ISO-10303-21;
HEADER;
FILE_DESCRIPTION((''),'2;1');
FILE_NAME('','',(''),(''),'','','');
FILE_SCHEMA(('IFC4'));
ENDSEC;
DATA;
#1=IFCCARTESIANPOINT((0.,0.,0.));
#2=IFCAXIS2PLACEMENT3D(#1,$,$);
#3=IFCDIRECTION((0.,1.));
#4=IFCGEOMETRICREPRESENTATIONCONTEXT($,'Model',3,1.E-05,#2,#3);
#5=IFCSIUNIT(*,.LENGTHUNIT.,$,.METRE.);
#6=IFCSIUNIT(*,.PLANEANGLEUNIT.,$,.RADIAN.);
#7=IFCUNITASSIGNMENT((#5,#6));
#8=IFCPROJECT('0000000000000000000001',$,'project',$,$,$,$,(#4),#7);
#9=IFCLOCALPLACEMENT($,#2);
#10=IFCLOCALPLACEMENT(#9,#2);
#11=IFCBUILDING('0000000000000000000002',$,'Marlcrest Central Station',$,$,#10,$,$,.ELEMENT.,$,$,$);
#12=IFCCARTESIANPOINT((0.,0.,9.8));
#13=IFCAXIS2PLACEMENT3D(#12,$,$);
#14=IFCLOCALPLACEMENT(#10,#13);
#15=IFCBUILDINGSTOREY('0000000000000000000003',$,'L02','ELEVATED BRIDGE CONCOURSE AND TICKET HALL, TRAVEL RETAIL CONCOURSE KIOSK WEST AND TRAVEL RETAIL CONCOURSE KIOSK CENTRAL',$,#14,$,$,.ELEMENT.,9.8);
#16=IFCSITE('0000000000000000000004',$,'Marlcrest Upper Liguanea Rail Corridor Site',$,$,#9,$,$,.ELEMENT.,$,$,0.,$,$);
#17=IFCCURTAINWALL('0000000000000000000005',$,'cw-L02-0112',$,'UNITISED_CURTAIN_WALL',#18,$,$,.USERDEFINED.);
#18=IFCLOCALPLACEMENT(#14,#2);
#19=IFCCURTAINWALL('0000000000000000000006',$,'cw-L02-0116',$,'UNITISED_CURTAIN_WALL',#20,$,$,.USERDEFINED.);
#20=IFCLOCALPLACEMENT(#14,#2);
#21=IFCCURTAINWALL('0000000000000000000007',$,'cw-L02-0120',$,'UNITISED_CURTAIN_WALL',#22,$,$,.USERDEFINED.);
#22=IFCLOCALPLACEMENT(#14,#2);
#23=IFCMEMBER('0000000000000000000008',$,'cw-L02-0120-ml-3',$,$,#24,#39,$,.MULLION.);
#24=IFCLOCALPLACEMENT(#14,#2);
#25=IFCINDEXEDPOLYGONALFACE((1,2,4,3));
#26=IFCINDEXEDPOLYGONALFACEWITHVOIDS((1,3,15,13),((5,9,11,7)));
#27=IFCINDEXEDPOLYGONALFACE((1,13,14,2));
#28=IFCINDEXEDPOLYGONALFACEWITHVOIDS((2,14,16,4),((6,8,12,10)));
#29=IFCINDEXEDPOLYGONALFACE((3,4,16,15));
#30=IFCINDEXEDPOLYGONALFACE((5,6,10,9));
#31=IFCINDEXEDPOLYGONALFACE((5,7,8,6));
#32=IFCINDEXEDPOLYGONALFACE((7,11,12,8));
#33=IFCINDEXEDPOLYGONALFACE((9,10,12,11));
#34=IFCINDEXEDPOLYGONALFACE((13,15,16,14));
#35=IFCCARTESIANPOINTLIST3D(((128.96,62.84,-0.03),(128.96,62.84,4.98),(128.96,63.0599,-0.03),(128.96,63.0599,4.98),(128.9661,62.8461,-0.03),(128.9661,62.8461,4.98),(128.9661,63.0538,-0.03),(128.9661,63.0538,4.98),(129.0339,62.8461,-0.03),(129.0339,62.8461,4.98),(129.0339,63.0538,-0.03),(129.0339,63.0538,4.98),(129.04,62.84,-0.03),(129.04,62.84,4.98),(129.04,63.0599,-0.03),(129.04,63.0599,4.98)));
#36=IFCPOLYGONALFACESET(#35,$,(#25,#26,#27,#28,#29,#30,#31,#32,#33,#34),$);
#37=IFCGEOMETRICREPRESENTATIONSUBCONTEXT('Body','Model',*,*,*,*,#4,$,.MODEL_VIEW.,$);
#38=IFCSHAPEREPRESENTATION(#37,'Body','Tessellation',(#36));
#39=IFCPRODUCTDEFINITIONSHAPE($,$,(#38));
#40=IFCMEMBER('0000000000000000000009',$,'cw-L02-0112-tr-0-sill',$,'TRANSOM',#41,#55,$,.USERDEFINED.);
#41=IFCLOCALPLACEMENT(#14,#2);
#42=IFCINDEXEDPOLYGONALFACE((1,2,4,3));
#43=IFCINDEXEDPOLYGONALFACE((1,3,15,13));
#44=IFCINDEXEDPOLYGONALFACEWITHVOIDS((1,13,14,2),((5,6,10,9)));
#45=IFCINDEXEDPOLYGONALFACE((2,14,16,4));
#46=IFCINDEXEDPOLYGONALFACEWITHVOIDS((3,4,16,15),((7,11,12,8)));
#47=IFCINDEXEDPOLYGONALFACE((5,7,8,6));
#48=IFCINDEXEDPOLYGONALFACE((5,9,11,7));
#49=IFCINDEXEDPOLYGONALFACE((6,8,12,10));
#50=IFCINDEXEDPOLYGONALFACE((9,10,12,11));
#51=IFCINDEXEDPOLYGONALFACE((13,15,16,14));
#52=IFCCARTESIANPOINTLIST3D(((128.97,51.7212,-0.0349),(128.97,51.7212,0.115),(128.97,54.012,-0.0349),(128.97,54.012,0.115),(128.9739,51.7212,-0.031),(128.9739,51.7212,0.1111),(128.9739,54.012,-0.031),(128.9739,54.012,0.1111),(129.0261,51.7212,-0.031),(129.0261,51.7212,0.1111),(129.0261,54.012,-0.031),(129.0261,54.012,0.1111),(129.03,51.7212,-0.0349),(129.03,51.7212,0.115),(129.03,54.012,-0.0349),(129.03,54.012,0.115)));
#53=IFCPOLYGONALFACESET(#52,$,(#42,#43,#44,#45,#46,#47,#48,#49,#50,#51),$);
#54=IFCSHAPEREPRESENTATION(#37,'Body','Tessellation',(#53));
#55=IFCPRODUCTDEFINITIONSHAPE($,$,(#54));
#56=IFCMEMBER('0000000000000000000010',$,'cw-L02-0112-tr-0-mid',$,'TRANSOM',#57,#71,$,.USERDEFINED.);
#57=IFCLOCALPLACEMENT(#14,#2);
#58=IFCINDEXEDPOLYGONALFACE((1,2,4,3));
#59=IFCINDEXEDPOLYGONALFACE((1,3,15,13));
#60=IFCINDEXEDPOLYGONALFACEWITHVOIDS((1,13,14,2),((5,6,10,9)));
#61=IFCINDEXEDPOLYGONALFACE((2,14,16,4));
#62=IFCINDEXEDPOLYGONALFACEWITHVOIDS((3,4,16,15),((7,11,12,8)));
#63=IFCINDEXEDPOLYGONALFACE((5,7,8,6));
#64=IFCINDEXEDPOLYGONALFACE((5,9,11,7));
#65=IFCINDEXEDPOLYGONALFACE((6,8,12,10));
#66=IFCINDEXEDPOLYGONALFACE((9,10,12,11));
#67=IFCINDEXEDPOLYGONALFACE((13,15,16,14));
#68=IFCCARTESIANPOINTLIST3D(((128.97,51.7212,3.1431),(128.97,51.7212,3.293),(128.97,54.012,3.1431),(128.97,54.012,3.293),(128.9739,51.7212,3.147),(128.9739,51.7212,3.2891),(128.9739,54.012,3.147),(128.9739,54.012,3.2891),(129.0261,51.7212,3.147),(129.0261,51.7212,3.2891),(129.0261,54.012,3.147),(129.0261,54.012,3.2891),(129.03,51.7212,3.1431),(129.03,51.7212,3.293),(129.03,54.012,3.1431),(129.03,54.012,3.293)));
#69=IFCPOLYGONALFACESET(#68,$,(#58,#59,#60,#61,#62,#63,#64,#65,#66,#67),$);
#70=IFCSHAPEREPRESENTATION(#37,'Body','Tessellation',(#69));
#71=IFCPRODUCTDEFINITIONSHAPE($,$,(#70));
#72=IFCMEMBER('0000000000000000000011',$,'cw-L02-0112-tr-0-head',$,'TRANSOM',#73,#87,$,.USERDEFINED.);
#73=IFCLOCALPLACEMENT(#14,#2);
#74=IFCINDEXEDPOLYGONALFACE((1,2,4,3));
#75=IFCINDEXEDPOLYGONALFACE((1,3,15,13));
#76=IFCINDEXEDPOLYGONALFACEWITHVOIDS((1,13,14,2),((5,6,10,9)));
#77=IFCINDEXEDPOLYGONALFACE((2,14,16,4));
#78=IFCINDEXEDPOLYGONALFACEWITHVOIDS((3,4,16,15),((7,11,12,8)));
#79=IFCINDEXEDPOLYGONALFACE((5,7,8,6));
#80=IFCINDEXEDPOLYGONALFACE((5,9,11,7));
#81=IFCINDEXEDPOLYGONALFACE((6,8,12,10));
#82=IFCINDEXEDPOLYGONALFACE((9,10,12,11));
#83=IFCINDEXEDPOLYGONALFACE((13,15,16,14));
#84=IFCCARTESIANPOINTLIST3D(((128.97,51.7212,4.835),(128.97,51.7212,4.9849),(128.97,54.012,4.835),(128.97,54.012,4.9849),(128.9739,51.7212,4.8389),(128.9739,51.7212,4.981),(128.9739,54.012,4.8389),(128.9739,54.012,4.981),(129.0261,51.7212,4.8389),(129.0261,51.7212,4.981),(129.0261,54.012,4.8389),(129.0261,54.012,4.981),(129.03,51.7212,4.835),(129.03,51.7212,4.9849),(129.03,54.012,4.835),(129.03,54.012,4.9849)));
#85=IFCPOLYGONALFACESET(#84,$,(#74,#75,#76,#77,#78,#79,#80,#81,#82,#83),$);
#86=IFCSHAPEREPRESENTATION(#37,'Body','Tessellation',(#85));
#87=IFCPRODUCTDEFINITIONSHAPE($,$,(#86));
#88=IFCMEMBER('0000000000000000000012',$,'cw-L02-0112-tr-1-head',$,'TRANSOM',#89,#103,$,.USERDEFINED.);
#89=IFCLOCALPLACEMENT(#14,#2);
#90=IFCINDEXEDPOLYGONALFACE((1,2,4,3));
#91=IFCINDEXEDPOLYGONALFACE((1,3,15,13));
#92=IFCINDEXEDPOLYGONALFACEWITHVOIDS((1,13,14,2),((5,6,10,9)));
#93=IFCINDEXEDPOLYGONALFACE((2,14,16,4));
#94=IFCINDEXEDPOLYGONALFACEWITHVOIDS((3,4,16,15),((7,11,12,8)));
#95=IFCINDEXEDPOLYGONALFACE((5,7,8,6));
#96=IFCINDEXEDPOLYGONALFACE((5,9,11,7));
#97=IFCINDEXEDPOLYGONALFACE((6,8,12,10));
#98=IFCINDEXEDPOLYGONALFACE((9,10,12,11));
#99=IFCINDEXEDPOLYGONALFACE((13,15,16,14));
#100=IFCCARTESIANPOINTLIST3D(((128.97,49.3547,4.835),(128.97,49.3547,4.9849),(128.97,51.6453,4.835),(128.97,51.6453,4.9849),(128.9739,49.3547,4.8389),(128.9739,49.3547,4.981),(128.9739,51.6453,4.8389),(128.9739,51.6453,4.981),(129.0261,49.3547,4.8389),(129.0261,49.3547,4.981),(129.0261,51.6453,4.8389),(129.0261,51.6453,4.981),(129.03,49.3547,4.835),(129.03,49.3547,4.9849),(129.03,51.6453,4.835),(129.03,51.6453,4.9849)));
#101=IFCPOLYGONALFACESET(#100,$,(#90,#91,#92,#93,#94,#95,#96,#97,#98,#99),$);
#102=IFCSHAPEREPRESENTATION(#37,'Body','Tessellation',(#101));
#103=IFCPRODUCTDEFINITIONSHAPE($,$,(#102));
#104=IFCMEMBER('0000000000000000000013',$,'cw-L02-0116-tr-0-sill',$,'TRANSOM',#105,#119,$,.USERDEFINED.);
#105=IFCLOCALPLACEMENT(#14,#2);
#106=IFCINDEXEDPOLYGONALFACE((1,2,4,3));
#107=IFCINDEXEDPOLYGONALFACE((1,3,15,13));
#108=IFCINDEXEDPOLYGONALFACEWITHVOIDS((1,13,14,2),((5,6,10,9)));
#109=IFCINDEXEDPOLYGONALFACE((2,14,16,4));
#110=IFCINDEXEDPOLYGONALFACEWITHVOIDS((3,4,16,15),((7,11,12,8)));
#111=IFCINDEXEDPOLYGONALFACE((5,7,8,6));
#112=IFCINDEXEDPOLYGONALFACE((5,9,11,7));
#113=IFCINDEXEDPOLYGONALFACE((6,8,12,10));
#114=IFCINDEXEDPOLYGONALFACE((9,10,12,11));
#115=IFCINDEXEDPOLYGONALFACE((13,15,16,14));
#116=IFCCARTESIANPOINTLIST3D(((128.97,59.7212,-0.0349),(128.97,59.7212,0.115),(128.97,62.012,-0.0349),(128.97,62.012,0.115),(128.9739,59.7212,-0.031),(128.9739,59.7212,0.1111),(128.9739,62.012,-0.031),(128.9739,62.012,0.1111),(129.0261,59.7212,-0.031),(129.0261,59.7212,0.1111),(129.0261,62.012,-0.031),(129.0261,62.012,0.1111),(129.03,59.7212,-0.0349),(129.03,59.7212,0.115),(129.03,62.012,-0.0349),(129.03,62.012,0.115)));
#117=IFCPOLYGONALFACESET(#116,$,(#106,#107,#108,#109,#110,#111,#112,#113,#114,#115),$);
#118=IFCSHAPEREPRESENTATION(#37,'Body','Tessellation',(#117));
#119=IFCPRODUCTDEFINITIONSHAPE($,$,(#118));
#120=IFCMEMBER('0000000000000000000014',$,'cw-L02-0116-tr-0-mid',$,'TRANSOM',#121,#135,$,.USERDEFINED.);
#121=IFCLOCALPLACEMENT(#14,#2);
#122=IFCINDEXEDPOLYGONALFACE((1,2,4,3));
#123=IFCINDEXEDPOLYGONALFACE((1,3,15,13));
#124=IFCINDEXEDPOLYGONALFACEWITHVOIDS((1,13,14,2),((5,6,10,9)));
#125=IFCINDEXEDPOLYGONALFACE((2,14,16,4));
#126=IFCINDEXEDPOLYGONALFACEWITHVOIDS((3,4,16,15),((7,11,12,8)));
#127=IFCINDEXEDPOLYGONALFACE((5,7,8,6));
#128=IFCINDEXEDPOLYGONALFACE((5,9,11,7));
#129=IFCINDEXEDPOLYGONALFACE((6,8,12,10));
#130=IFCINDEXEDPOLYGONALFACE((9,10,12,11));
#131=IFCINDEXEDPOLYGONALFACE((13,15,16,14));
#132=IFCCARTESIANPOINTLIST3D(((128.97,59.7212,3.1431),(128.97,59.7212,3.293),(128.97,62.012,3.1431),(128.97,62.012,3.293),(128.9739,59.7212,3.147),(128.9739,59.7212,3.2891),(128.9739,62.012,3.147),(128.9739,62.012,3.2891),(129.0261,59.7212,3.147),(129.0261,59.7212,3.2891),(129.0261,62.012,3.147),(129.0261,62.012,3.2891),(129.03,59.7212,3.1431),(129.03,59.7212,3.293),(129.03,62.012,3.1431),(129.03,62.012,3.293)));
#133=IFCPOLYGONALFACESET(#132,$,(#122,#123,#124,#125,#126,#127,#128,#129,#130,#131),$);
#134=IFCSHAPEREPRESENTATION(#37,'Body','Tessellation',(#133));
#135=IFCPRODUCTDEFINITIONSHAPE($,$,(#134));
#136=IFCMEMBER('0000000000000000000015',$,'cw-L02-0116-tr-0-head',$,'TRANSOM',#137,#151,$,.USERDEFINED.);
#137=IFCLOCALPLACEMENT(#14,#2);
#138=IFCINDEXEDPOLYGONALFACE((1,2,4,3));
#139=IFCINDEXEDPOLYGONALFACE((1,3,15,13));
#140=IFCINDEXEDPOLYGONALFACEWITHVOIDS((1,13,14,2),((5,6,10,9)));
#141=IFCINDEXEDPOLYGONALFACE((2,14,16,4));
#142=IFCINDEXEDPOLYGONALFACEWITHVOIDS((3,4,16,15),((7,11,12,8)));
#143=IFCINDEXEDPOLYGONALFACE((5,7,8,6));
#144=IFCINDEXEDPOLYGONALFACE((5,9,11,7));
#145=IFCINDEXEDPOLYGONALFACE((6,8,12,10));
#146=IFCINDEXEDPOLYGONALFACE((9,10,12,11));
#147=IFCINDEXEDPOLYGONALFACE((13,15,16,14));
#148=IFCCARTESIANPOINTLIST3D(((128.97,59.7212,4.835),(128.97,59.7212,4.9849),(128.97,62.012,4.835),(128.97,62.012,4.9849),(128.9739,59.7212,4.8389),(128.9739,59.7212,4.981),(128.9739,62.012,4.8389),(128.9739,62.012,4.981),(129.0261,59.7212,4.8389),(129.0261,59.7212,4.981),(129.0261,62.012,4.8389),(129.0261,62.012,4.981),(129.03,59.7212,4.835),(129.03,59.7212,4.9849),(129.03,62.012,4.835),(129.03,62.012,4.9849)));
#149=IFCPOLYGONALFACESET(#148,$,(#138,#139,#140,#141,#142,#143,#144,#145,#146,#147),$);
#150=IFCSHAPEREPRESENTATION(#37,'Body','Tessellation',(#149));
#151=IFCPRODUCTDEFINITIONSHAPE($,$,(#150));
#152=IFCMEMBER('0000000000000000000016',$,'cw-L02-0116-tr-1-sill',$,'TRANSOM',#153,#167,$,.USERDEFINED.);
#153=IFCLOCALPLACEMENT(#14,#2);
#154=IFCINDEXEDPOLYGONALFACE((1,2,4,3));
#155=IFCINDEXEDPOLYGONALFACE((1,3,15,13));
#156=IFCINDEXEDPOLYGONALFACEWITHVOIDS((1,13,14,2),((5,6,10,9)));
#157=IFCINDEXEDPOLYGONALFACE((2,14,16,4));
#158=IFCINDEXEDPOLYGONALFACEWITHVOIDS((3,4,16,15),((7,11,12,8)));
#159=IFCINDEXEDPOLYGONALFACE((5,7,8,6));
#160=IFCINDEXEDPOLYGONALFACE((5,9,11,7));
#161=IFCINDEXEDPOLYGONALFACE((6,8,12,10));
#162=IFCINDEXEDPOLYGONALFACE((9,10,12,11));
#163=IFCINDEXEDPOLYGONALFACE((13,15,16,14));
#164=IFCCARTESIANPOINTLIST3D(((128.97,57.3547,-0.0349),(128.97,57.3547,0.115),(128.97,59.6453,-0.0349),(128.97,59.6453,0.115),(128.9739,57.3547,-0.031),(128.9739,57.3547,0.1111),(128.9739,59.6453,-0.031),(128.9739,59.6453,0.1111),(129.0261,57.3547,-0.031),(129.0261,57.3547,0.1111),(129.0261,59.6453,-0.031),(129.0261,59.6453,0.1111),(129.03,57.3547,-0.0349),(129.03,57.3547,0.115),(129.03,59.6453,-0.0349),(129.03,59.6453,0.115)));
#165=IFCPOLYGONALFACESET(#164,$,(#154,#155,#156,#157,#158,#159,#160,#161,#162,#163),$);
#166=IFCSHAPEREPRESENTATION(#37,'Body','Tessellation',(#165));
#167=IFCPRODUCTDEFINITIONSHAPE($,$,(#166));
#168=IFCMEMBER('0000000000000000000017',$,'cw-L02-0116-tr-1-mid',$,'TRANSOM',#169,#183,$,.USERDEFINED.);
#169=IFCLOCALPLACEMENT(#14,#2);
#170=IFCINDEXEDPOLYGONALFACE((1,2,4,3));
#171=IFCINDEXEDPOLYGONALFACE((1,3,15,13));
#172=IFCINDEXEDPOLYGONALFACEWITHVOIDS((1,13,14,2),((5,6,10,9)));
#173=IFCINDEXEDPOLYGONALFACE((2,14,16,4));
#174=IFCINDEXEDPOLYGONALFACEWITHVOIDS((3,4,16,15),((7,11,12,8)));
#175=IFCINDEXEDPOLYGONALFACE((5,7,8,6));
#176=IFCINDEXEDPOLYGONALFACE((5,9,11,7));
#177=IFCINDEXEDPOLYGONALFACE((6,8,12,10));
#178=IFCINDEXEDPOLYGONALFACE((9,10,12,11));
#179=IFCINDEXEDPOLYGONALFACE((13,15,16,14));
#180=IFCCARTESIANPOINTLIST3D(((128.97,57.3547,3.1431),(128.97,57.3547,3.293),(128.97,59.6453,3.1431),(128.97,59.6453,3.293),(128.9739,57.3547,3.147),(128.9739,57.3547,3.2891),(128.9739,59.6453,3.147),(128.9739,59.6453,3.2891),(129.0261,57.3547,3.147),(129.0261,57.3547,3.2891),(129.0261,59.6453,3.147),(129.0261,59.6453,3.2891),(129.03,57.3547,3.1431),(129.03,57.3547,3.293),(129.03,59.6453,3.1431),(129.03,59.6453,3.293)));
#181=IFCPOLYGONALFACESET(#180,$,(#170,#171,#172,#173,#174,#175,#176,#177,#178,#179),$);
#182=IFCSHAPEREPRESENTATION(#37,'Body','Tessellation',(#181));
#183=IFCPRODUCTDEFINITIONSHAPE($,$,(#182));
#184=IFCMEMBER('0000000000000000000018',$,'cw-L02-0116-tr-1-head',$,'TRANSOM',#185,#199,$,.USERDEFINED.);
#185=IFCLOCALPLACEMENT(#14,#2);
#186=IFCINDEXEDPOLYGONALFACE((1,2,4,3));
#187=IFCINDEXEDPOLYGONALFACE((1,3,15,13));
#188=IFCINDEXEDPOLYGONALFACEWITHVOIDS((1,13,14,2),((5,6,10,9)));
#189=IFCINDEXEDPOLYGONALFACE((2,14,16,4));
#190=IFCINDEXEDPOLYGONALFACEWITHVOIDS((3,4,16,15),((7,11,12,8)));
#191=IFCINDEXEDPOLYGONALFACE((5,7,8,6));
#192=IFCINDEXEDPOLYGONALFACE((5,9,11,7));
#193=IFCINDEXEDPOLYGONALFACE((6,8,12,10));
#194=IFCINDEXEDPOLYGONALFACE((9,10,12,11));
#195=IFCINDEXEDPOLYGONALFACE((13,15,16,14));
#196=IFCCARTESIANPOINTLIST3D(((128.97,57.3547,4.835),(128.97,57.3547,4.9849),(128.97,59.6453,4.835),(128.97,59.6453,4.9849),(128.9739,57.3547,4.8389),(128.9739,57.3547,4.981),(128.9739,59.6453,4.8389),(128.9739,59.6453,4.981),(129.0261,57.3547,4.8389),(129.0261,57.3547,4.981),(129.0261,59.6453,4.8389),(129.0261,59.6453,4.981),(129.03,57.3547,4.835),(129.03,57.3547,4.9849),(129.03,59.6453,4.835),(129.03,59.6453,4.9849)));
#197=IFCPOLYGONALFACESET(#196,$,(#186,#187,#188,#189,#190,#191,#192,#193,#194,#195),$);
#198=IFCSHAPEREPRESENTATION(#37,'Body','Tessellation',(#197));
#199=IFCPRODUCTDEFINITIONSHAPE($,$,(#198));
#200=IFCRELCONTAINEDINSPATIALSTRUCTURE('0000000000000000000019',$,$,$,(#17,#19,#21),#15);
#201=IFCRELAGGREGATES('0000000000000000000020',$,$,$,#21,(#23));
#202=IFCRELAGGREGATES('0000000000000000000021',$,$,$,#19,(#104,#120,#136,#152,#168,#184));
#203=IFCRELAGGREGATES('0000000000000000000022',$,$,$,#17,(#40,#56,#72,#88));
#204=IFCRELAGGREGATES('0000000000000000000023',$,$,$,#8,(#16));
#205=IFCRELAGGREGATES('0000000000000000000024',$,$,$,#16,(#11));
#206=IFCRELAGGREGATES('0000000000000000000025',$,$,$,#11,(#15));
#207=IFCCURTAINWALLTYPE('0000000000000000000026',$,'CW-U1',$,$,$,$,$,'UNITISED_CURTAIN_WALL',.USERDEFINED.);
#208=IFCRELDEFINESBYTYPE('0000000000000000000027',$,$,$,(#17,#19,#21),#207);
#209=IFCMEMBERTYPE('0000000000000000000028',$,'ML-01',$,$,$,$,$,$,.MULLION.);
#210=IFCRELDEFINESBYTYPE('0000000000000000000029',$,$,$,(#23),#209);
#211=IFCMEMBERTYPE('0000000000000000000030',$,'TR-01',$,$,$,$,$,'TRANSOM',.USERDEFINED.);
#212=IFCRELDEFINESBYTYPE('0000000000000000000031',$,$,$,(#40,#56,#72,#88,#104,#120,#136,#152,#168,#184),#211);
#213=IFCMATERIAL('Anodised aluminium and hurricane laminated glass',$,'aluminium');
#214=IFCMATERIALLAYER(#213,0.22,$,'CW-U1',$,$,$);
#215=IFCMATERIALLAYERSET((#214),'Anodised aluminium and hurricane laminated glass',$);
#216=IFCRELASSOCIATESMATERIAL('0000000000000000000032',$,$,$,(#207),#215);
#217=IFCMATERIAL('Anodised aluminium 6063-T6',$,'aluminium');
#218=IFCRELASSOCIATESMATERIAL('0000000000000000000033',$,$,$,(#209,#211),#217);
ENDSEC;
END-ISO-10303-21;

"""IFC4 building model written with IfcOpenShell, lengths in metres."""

from ifc_helpers import new_model, si_unit, direction, frame, origin, origin_2d, place, context, subcontext, project, spatial, hollow_rectangle, extrude, material, layer, layer_set, material_profile, profile_set, type_object, element, aggregate, save


model = new_model("IFC4")

# Units and contexts
model_context = context("Model", 3, precision=1e-05, world=origin(), true_north=direction((0.0, 1.0)))
body_context = subcontext(model_context, "Body", "Model", "MODEL_VIEW")
ifc_project = project(units=[si_unit("LENGTHUNIT", "METRE"), si_unit("PLANEANGLEUNIT", "RADIAN")], contexts=[model_context])

# Site, building, storey
site_placement = place(None, origin())
site = spatial("IfcSite", under=ifc_project, at=site_placement, Name="Marlcrest Upper Liguanea Rail Corridor Site", CompositionType="ELEMENT", RefElevation=0.0)
building_placement = place(site_placement, origin())
building = spatial("IfcBuilding", under=site, at=building_placement, Name="Marlcrest Central Station", CompositionType="ELEMENT")
storey_placement = place(building_placement, frame((0.0, 0.0, 9.8)))
storey = spatial("IfcBuildingStorey", under=building, at=storey_placement, Name="L02", Description="ELEVATED BRIDGE CONCOURSE AND TICKET HALL, TRAVEL RETAIL CONCOURSE KIOSK WEST AND TRAVEL RETAIL CONCOURSE KIOSK CENTRAL", CompositionType="ELEMENT", Elevation=9.8)

# Curtain walls
ifc_material_1 = material(Name="Anodised aluminium and hurricane laminated glass", Category="aluminium")
ifc_layer_1 = layer(ifc_material_1, 0.22, Name="CW-U1")
ifc_layer_set_1 = layer_set([ifc_layer_1], Name="Anodised aluminium and hurricane laminated glass")
curtain_wall_type = type_object("IfcCurtainWallType", Name="CW-U1", ElementType="UNITISED_CURTAIN_WALL", PredefinedType="USERDEFINED", material=ifc_layer_set_1)
curtain_wall_1_placement = place(storey_placement, origin())
curtain_wall_1 = element("IfcCurtainWall", 1, at=curtain_wall_1_placement, inside=storey, type_object=curtain_wall_type, Name="cw-L02-0112", ObjectType="UNITISED_CURTAIN_WALL", PredefinedType="USERDEFINED")
ifc_material_2 = material(Name="Anodised aluminium 6063-T6", Category="aluminium")
ifc_material_profile_1 = material_profile(ifc_material_2, hollow_rectangle(XDim=0.0801, YDim=0.22, WallThickness=0.0061, at=origin_2d()), Name="AA-RHS 220x80x6")
ifc_profile_set_1 = profile_set([ifc_material_profile_1], Name="Anodised aluminium 6063-T6")
member_type_1 = type_object("IfcMemberType", Name="ML-01", PredefinedType="MULLION", material=ifc_profile_set_1)
curtain_wall_2_placement = place(storey_placement, origin())
curtain_wall_2 = element("IfcCurtainWall", 2, at=curtain_wall_2_placement, inside=storey, type_object=curtain_wall_type, Name="cw-L02-0116", ObjectType="UNITISED_CURTAIN_WALL", PredefinedType="USERDEFINED")

# Curtain wall, member
curtain_wall_3_placement = place(storey_placement, origin())
curtain_wall_3 = element("IfcCurtainWall", 3, at=curtain_wall_3_placement, inside=storey, type_object=curtain_wall_type, Name="cw-L02-0120", ObjectType="UNITISED_CURTAIN_WALL", PredefinedType="USERDEFINED")
member_1_placement = place(storey_placement, frame((129.0, 62.95, -0.03), z_axis=(0.0, 0.0, 1.0), x_axis=(1.0, 0.0, 0.0)))
member_1 = element("IfcMember", 4, at=member_1_placement, type_object=member_type_1, Name="cw-L02-0120-ml-3", PredefinedType="MULLION", context=body_context, shape_type="SweptSolid", body=[
    extrude(hollow_rectangle(XDim=0.0801, YDim=0.22, WallThickness=0.0061, at=origin_2d()), origin(), (0.0, 0.0, 1.0), 5.01),
])
aggregate(curtain_wall_3, [member_1])

# Members
ifc_material_profile_2 = material_profile(ifc_material_2, hollow_rectangle(XDim=0.0601, YDim=0.1499, WallThickness=0.0039, at=origin_2d()), Name="AA-RHS 150x60x4")
ifc_profile_set_2 = profile_set([ifc_material_profile_2], Name="Anodised aluminium 6063-T6")
member_type_2 = type_object("IfcMemberType", Name="TR-01", ElementType="TRANSOM", PredefinedType="USERDEFINED", material=ifc_profile_set_2)
member_2_placement = place(storey_placement, frame((129.0, 54.012, 0.04), z_axis=(0.0, -1.0, 0.0), x_axis=(1.0, 0.0, 0.0)))
member_2 = element("IfcMember", 5, at=member_2_placement, type_object=member_type_2, Name="cw-L02-0112-tr-0-sill", ObjectType="TRANSOM", PredefinedType="USERDEFINED", context=body_context, shape_type="SweptSolid", body=[
    extrude(hollow_rectangle(XDim=0.0601, YDim=0.1499, WallThickness=0.0039, at=origin_2d()), origin(), (0.0, 0.0, 1.0), 2.2908),
])
member_3_placement = place(storey_placement, frame((129.0, 54.012, 3.218), z_axis=(0.0, -1.0, 0.0), x_axis=(1.0, 0.0, 0.0)))
member_3 = element("IfcMember", 6, at=member_3_placement, type_object=member_type_2, Name="cw-L02-0112-tr-0-mid", ObjectType="TRANSOM", PredefinedType="USERDEFINED", context=body_context, shape_type="SweptSolid", body=[
    extrude(hollow_rectangle(XDim=0.0601, YDim=0.1499, WallThickness=0.0039, at=origin_2d()), origin(), (0.0, 0.0, 1.0), 2.2908),
])
member_4_placement = place(storey_placement, frame((129.0, 54.012, 4.9099), z_axis=(0.0, -1.0, 0.0), x_axis=(1.0, 0.0, 0.0)))
member_4 = element("IfcMember", 7, at=member_4_placement, type_object=member_type_2, Name="cw-L02-0112-tr-0-head", ObjectType="TRANSOM", PredefinedType="USERDEFINED", context=body_context, shape_type="SweptSolid", body=[
    extrude(hollow_rectangle(XDim=0.0601, YDim=0.1499, WallThickness=0.0039, at=origin_2d()), origin(), (0.0, 0.0, 1.0), 2.2908),
])
member_5_placement = place(storey_placement, frame((129.0, 51.6453, 4.9099), z_axis=(0.0, -1.0, 0.0), x_axis=(1.0, 0.0, 0.0)))
member_5 = element("IfcMember", 8, at=member_5_placement, type_object=member_type_2, Name="cw-L02-0112-tr-1-head", ObjectType="TRANSOM", PredefinedType="USERDEFINED", context=body_context, shape_type="SweptSolid", body=[
    extrude(hollow_rectangle(XDim=0.0601, YDim=0.1499, WallThickness=0.0039, at=origin_2d()), origin(), (0.0, 0.0, 1.0), 2.2905),
])
member_6_placement = place(storey_placement, frame((129.0, 62.012, 0.04), z_axis=(0.0, -1.0, 0.0), x_axis=(1.0, 0.0, 0.0)))
member_6 = element("IfcMember", 9, at=member_6_placement, type_object=member_type_2, Name="cw-L02-0116-tr-0-sill", ObjectType="TRANSOM", PredefinedType="USERDEFINED", context=body_context, shape_type="SweptSolid", body=[
    extrude(hollow_rectangle(XDim=0.0601, YDim=0.1499, WallThickness=0.0039, at=origin_2d()), origin(), (0.0, 0.0, 1.0), 2.2908),
])
member_7_placement = place(storey_placement, frame((129.0, 62.012, 3.218), z_axis=(0.0, -1.0, 0.0), x_axis=(1.0, 0.0, 0.0)))
member_7 = element("IfcMember", 10, at=member_7_placement, type_object=member_type_2, Name="cw-L02-0116-tr-0-mid", ObjectType="TRANSOM", PredefinedType="USERDEFINED", context=body_context, shape_type="SweptSolid", body=[
    extrude(hollow_rectangle(XDim=0.0601, YDim=0.1499, WallThickness=0.0039, at=origin_2d()), origin(), (0.0, 0.0, 1.0), 2.2908),
])
member_8_placement = place(storey_placement, frame((129.0, 62.012, 4.9099), z_axis=(0.0, -1.0, 0.0), x_axis=(1.0, 0.0, 0.0)))
member_8 = element("IfcMember", 11, at=member_8_placement, type_object=member_type_2, Name="cw-L02-0116-tr-0-head", ObjectType="TRANSOM", PredefinedType="USERDEFINED", context=body_context, shape_type="SweptSolid", body=[
    extrude(hollow_rectangle(XDim=0.0601, YDim=0.1499, WallThickness=0.0039, at=origin_2d()), origin(), (0.0, 0.0, 1.0), 2.2908),
])
member_9_placement = place(storey_placement, frame((129.0, 59.6453, 0.04), z_axis=(0.0, -1.0, 0.0), x_axis=(1.0, 0.0, 0.0)))
member_9 = element("IfcMember", 12, at=member_9_placement, type_object=member_type_2, Name="cw-L02-0116-tr-1-sill", ObjectType="TRANSOM", PredefinedType="USERDEFINED", context=body_context, shape_type="SweptSolid", body=[
    extrude(hollow_rectangle(XDim=0.0601, YDim=0.1499, WallThickness=0.0039, at=origin_2d()), origin(), (0.0, 0.0, 1.0), 2.2905),
])
member_10_placement = place(storey_placement, frame((129.0, 59.6453, 3.218), z_axis=(0.0, -1.0, 0.0), x_axis=(1.0, 0.0, 0.0)))
member_10 = element("IfcMember", 13, at=member_10_placement, type_object=member_type_2, Name="cw-L02-0116-tr-1-mid", ObjectType="TRANSOM", PredefinedType="USERDEFINED", context=body_context, shape_type="SweptSolid", body=[
    extrude(hollow_rectangle(XDim=0.0601, YDim=0.1499, WallThickness=0.0039, at=origin_2d()), origin(), (0.0, 0.0, 1.0), 2.2905),
])
member_11_placement = place(storey_placement, frame((129.0, 59.6453, 4.9099), z_axis=(0.0, -1.0, 0.0), x_axis=(1.0, 0.0, 0.0)))
member_11 = element("IfcMember", 14, at=member_11_placement, type_object=member_type_2, Name="cw-L02-0116-tr-1-head", ObjectType="TRANSOM", PredefinedType="USERDEFINED", context=body_context, shape_type="SweptSolid", body=[
    extrude(hollow_rectangle(XDim=0.0601, YDim=0.1499, WallThickness=0.0039, at=origin_2d()), origin(), (0.0, 0.0, 1.0), 2.2905),
])

aggregate(curtain_wall_2, [member_6, member_7, member_8, member_9, member_10, member_11])
aggregate(curtain_wall_1, [member_2, member_3, member_4, member_5])

save(model, "model.ifc")
